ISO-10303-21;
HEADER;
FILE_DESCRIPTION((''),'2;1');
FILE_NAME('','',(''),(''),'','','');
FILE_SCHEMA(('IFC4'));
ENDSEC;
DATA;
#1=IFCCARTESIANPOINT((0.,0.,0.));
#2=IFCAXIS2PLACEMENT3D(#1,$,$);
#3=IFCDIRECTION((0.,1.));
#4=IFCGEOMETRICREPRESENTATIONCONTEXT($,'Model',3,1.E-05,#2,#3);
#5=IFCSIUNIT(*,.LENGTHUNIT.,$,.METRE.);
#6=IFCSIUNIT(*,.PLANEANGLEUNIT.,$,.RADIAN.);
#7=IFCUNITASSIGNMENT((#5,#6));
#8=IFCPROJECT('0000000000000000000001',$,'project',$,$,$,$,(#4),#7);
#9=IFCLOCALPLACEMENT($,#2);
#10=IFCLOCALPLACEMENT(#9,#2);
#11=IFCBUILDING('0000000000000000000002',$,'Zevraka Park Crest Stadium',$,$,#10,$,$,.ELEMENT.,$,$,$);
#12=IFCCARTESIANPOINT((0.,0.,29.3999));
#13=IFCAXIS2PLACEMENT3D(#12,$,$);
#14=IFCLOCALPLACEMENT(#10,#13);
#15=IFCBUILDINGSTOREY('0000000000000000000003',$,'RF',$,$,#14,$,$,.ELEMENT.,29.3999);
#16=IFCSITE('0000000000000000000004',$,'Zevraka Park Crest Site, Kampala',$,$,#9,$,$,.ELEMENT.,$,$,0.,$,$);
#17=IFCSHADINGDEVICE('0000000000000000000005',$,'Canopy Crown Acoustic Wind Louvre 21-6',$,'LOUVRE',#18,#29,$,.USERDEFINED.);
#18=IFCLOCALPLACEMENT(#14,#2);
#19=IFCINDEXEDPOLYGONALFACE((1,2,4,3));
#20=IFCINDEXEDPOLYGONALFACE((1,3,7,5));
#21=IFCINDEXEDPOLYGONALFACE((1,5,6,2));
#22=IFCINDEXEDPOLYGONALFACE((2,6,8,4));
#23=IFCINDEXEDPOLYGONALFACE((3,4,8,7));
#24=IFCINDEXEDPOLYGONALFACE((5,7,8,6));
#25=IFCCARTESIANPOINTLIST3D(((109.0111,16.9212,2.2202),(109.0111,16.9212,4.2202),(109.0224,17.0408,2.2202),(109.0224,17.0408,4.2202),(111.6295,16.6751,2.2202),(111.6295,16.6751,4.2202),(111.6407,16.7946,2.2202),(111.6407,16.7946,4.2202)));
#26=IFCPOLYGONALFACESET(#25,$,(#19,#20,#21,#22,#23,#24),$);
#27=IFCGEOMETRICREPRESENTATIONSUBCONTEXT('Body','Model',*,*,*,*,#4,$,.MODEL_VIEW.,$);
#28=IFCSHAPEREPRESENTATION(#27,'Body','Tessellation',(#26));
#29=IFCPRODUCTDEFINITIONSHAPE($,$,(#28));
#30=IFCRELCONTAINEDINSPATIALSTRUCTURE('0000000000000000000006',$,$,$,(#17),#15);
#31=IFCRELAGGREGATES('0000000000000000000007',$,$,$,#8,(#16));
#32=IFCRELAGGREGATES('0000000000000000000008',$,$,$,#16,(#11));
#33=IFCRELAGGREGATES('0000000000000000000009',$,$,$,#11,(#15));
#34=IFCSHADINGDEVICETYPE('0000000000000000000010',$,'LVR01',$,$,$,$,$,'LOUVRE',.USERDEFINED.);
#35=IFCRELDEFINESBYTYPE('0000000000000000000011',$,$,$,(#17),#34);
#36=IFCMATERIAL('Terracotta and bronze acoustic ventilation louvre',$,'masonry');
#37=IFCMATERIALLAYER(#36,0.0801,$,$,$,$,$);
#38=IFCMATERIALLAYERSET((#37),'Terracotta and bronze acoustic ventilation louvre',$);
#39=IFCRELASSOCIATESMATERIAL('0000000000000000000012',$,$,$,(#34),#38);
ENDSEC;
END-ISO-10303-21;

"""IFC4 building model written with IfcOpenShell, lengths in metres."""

from ifc_helpers import new_model, si_unit, direction, frame, origin, origin_2d, place, context, subcontext, project, spatial, rectangle, extrude, material, layer, layer_set, type_object, element, save


model = new_model("IFC4")

# Units and contexts
model_context = context("Model", 3, precision=1e-05, world=origin(), true_north=direction((0.0, 1.0)))
body_context = subcontext(model_context, "Body", "Model", "MODEL_VIEW")
ifc_project = project(units=[si_unit("LENGTHUNIT", "METRE"), si_unit("PLANEANGLEUNIT", "RADIAN")], contexts=[model_context])

# Site, building, storey
site_placement = place(None, origin())
site = spatial("IfcSite", under=ifc_project, at=site_placement, Name="Zevraka Park Crest Site, Kampala", CompositionType="ELEMENT", RefElevation=0.0)
building_placement = place(site_placement, origin())
building = spatial("IfcBuilding", under=site, at=building_placement, Name="Zevraka Park Crest Stadium", CompositionType="ELEMENT")
storey_placement = place(building_placement, frame((0.0, 0.0, 29.3999)))
storey = spatial("IfcBuildingStorey", under=building, at=storey_placement, Name="RF", CompositionType="ELEMENT", Elevation=29.3999)

# Shading device
ifc_material_1 = material(Name="Terracotta and bronze acoustic ventilation louvre", Category="masonry")
ifc_layer_1 = layer(ifc_material_1, 0.0801)
ifc_layer_set_1 = layer_set([ifc_layer_1], Name="Terracotta and bronze acoustic ventilation louvre")
shading_device_type = type_object("IfcShadingDeviceType", Name="LVR01", ElementType="LOUVRE", PredefinedType="USERDEFINED", material=ifc_layer_set_1)
for number, where, z_axis, x_axis, name in (
    (1, (110.3259, 16.8579, 2.2202), (0.0, 0.0, 1.0), (0.995611, -0.093587, 0.0), "Canopy Crown Acoustic Wind Louvre 21-6"),
):
    element("IfcShadingDevice", number, at=place(storey_placement, frame(where, z_axis=z_axis, x_axis=x_axis)), inside=storey, type_object=shading_device_type, Name=name, ObjectType="LOUVRE", PredefinedType="USERDEFINED", context=body_context, shape_type="SweptSolid", body=[
        extrude(rectangle(XDim=2.6299, YDim=0.1201, at=origin_2d()), origin(), (0.0, 0.0, 1.0), 2.0),
    ])

save(model, "model.ifc")
